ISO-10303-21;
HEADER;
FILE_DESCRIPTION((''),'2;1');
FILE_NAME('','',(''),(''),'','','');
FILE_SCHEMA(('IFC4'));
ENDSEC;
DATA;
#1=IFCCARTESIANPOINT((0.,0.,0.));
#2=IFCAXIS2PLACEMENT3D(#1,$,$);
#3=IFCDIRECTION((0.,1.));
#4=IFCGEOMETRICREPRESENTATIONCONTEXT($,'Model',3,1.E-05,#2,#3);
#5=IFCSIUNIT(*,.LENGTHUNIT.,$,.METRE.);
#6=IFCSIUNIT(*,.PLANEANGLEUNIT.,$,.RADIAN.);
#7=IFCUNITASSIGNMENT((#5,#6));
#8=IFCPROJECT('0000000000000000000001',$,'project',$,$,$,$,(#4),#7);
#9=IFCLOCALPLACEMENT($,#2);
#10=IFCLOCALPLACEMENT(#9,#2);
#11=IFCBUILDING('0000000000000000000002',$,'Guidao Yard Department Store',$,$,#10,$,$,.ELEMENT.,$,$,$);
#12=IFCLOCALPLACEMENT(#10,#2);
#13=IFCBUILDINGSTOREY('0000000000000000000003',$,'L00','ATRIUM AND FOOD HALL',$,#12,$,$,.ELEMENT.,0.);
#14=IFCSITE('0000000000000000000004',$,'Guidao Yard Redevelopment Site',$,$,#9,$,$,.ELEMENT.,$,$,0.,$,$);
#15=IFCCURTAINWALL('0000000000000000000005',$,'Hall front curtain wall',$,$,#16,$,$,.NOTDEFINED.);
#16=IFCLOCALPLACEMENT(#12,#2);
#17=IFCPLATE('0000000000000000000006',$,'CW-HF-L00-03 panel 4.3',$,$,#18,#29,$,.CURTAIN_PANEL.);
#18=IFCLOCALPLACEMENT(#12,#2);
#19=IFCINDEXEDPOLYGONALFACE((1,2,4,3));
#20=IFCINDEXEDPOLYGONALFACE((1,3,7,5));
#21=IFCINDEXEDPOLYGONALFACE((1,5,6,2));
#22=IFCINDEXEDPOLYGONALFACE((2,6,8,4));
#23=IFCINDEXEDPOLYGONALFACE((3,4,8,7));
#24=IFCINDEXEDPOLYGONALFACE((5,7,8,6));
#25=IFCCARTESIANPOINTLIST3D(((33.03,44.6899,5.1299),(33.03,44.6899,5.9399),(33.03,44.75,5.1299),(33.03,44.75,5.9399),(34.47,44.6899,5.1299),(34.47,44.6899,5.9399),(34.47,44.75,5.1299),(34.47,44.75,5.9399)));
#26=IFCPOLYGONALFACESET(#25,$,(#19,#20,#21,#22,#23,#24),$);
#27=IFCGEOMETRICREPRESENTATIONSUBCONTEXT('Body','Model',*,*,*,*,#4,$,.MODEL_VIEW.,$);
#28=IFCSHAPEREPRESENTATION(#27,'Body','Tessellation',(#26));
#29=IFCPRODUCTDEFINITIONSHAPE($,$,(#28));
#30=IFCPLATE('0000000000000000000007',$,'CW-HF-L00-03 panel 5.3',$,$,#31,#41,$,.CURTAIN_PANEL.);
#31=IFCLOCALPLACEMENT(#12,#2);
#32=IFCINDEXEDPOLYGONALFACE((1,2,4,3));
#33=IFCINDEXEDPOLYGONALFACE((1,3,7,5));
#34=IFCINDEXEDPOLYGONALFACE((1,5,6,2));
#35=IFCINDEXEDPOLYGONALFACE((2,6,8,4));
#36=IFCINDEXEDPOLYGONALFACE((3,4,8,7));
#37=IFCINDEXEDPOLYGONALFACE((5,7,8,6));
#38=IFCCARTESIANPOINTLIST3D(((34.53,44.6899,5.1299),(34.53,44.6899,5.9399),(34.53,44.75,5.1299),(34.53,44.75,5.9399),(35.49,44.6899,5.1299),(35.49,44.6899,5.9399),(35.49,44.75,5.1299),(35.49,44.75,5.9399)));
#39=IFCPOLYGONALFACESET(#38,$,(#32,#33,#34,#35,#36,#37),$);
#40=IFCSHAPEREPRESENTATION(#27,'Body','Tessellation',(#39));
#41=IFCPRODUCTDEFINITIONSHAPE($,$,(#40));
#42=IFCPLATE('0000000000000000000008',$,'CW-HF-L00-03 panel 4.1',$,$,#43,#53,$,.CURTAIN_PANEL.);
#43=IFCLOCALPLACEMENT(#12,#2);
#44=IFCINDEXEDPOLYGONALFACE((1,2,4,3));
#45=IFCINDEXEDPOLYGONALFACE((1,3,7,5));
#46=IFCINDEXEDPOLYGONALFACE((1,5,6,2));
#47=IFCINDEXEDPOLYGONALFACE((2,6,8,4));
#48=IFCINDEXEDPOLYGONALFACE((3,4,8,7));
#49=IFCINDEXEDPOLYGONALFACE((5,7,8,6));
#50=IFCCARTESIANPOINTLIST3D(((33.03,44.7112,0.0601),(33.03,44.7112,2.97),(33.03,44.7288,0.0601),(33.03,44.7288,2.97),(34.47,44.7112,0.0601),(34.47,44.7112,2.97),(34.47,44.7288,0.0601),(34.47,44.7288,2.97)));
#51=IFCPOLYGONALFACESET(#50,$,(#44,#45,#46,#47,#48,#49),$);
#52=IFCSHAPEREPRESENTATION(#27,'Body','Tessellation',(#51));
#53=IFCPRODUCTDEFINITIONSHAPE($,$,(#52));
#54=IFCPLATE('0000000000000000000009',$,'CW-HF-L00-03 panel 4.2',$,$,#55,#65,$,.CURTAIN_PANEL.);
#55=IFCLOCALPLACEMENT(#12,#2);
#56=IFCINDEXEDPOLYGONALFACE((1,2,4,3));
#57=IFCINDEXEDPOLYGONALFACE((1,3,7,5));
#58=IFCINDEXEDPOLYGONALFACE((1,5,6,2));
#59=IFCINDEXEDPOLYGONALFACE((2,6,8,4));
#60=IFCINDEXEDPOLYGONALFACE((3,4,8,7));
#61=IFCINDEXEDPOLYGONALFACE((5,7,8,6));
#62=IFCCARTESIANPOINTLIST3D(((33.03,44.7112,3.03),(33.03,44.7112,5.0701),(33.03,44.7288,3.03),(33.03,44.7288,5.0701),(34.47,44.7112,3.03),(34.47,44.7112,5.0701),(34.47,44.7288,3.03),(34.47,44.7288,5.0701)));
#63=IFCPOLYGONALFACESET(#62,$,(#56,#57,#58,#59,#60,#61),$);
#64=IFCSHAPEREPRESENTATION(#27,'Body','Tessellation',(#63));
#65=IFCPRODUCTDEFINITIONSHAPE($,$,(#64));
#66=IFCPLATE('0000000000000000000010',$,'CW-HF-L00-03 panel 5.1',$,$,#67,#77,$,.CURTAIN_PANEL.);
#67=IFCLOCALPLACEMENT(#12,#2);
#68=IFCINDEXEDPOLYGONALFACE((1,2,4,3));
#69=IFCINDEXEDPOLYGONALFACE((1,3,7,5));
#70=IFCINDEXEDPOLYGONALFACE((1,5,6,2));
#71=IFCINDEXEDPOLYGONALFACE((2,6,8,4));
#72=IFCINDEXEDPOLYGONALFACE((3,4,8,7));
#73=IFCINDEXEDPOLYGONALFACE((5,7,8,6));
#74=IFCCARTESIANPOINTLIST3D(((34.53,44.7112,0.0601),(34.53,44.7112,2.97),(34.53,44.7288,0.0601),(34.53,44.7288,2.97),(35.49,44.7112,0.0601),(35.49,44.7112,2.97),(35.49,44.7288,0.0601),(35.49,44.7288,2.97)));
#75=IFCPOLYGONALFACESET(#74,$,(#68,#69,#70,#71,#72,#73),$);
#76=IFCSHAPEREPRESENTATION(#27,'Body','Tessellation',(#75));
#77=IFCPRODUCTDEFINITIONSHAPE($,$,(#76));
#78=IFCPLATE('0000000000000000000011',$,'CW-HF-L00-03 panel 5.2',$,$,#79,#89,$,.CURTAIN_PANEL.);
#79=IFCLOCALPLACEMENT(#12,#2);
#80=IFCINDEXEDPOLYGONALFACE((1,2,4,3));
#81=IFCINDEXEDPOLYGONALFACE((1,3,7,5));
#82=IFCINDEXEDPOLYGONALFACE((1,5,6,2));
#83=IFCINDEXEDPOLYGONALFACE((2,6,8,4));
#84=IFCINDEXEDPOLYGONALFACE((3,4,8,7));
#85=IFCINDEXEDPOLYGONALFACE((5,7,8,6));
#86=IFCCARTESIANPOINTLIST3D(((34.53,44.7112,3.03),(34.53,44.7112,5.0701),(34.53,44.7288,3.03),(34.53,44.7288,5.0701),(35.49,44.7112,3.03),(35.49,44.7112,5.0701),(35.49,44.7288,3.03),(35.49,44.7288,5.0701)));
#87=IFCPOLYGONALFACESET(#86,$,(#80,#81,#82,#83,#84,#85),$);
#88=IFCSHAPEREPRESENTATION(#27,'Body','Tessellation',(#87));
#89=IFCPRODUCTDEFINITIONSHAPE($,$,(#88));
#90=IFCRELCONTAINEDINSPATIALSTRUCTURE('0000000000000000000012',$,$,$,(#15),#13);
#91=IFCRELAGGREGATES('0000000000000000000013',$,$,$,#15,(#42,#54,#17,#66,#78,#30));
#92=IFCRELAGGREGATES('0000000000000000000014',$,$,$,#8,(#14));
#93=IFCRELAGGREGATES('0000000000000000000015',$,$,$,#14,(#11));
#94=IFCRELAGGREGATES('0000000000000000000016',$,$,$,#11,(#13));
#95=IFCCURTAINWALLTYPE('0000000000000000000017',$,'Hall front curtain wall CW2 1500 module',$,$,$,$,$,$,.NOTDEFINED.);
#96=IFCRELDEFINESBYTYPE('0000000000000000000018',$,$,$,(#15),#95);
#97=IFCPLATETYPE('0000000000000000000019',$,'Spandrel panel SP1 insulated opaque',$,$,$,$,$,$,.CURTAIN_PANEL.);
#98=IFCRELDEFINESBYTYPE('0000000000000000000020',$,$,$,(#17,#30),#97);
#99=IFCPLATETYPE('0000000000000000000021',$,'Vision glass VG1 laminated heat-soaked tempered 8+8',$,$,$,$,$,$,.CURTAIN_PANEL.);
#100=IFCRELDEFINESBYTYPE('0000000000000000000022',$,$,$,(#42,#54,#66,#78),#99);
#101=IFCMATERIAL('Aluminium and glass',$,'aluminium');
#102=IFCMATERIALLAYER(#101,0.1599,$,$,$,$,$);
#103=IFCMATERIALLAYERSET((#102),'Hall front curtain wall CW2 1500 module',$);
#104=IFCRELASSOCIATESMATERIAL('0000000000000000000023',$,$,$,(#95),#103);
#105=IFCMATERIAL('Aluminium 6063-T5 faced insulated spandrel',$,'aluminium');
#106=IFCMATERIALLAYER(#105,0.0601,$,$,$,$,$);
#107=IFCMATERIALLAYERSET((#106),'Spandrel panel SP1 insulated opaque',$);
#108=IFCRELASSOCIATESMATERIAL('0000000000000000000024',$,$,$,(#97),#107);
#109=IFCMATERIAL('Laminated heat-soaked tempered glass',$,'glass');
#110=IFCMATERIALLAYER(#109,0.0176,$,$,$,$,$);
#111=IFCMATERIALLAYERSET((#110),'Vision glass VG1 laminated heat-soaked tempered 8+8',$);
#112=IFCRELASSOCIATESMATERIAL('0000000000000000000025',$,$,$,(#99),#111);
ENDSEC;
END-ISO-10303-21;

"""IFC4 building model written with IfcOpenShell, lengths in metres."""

from ifc_helpers import new_model, si_unit, direction, frame, origin, origin_2d, place, context, subcontext, project, spatial, rectangle, extrude, material, layer, layer_set, type_object, element, aggregate, save


model = new_model("IFC4")

# Units and contexts
model_context = context("Model", 3, precision=1e-05, world=origin(), true_north=direction((0.0, 1.0)))
body_context = subcontext(model_context, "Body", "Model", "MODEL_VIEW")
ifc_project = project(units=[si_unit("LENGTHUNIT", "METRE"), si_unit("PLANEANGLEUNIT", "RADIAN")], contexts=[model_context])

# Site, building, storey
site_placement = place(None, origin())
site = spatial("IfcSite", under=ifc_project, at=site_placement, Name="Guidao Yard Redevelopment Site", CompositionType="ELEMENT", RefElevation=0.0)
building_placement = place(site_placement, origin())
building = spatial("IfcBuilding", under=site, at=building_placement, Name="Guidao Yard Department Store", CompositionType="ELEMENT")
storey_placement = place(building_placement, origin())
storey = spatial("IfcBuildingStorey", under=building, at=storey_placement, Name="L00", Description="ATRIUM AND FOOD HALL", CompositionType="ELEMENT", Elevation=0.0)

# Curtain wall
ifc_material_1 = material(Name="Aluminium and glass", Category="aluminium")
ifc_layer_1 = layer(ifc_material_1, 0.1599)
ifc_layer_set_1 = layer_set([ifc_layer_1], Name="Hall front curtain wall CW2 1500 module")
curtain_wall_type = type_object("IfcCurtainWallType", Name="Hall front curtain wall CW2 1500 module", PredefinedType="NOTDEFINED", material=ifc_layer_set_1)
curtain_wall_placement = place(storey_placement, origin())
curtain_wall = element("IfcCurtainWall", 1, at=curtain_wall_placement, inside=storey, type_object=curtain_wall_type, Name="Hall front curtain wall", PredefinedType="NOTDEFINED")

# Plates
ifc_material_2 = material(Name="Aluminium 6063-T5 faced insulated spandrel", Category="aluminium")
ifc_layer_2 = layer(ifc_material_2, 0.0601)
ifc_layer_set_2 = layer_set([ifc_layer_2], Name="Spandrel panel SP1 insulated opaque")
plate_type_1 = type_object("IfcPlateType", Name="Spandrel panel SP1 insulated opaque", PredefinedType="CURTAIN_PANEL", material=ifc_layer_set_2)
plate_1_placement = place(storey_placement, frame((33.75, 44.72, 5.1299), z_axis=(0.0, 0.0, 1.0), x_axis=(-1.0, 0.0, 0.0)))
plate_1 = element("IfcPlate", 2, at=plate_1_placement, type_object=plate_type_1, Name="CW-HF-L00-03 panel 4.3", PredefinedType="CURTAIN_PANEL", context=body_context, shape_type="SweptSolid", body=[
    extrude(rectangle(XDim=1.4399, YDim=0.0601, at=origin_2d()), origin(), (0.0, 0.0, 1.0), 0.8101),
])
plate_2_placement = place(storey_placement, frame((35.01, 44.72, 5.1299), z_axis=(0.0, 0.0, 1.0), x_axis=(-1.0, 0.0, 0.0)))
plate_2 = element("IfcPlate", 3, at=plate_2_placement, type_object=plate_type_1, Name="CW-HF-L00-03 panel 5.3", PredefinedType="CURTAIN_PANEL", context=body_context, shape_type="SweptSolid", body=[
    extrude(rectangle(XDim=0.96, YDim=0.0601, at=origin_2d()), origin(), (0.0, 0.0, 1.0), 0.8101),
])
ifc_material_3 = material(Name="Laminated heat-soaked tempered glass", Category="glass")
ifc_layer_3 = layer(ifc_material_3, 0.0176)
ifc_layer_set_3 = layer_set([ifc_layer_3], Name="Vision glass VG1 laminated heat-soaked tempered 8+8")
plate_type_2 = type_object("IfcPlateType", Name="Vision glass VG1 laminated heat-soaked tempered 8+8", PredefinedType="CURTAIN_PANEL", material=ifc_layer_set_3)
plate_3_placement = place(storey_placement, frame((33.75, 44.72, 0.0601), z_axis=(0.0, 0.0, 1.0), x_axis=(-1.0, 0.0, 0.0)))
plate_3 = element("IfcPlate", 4, at=plate_3_placement, type_object=plate_type_2, Name="CW-HF-L00-03 panel 4.1", PredefinedType="CURTAIN_PANEL", context=body_context, shape_type="SweptSolid", body=[
    extrude(rectangle(XDim=1.4399, YDim=0.0176, at=origin_2d()), origin(), (0.0, 0.0, 1.0), 2.9099),
])
plate_4_placement = place(storey_placement, frame((33.75, 44.72, 3.03), z_axis=(0.0, 0.0, 1.0), x_axis=(-1.0, 0.0, 0.0)))
plate_4 = element("IfcPlate", 5, at=plate_4_placement, type_object=plate_type_2, Name="CW-HF-L00-03 panel 4.2", PredefinedType="CURTAIN_PANEL", context=body_context, shape_type="SweptSolid", body=[
    extrude(rectangle(XDim=1.4399, YDim=0.0176, at=origin_2d()), origin(), (0.0, 0.0, 1.0), 2.04),
])
plate_5_placement = place(storey_placement, frame((35.01, 44.72, 0.0601), z_axis=(0.0, 0.0, 1.0), x_axis=(-1.0, 0.0, 0.0)))
plate_5 = element("IfcPlate", 6, at=plate_5_placement, type_object=plate_type_2, Name="CW-HF-L00-03 panel 5.1", PredefinedType="CURTAIN_PANEL", context=body_context, shape_type="SweptSolid", body=[
    extrude(rectangle(XDim=0.96, YDim=0.0176, at=origin_2d()), origin(), (0.0, 0.0, 1.0), 2.9099),
])
plate_6_placement = place(storey_placement, frame((35.01, 44.72, 3.03), z_axis=(0.0, 0.0, 1.0), x_axis=(-1.0, 0.0, 0.0)))
plate_6 = element("IfcPlate", 7, at=plate_6_placement, type_object=plate_type_2, Name="CW-HF-L00-03 panel 5.2", PredefinedType="CURTAIN_PANEL", context=body_context, shape_type="SweptSolid", body=[
    extrude(rectangle(XDim=0.96, YDim=0.0176, at=origin_2d()), origin(), (0.0, 0.0, 1.0), 2.04),
])
aggregate(curtain_wall, [plate_3, plate_4, plate_1, plate_5, plate_6, plate_2])

save(model, "model.ifc")
